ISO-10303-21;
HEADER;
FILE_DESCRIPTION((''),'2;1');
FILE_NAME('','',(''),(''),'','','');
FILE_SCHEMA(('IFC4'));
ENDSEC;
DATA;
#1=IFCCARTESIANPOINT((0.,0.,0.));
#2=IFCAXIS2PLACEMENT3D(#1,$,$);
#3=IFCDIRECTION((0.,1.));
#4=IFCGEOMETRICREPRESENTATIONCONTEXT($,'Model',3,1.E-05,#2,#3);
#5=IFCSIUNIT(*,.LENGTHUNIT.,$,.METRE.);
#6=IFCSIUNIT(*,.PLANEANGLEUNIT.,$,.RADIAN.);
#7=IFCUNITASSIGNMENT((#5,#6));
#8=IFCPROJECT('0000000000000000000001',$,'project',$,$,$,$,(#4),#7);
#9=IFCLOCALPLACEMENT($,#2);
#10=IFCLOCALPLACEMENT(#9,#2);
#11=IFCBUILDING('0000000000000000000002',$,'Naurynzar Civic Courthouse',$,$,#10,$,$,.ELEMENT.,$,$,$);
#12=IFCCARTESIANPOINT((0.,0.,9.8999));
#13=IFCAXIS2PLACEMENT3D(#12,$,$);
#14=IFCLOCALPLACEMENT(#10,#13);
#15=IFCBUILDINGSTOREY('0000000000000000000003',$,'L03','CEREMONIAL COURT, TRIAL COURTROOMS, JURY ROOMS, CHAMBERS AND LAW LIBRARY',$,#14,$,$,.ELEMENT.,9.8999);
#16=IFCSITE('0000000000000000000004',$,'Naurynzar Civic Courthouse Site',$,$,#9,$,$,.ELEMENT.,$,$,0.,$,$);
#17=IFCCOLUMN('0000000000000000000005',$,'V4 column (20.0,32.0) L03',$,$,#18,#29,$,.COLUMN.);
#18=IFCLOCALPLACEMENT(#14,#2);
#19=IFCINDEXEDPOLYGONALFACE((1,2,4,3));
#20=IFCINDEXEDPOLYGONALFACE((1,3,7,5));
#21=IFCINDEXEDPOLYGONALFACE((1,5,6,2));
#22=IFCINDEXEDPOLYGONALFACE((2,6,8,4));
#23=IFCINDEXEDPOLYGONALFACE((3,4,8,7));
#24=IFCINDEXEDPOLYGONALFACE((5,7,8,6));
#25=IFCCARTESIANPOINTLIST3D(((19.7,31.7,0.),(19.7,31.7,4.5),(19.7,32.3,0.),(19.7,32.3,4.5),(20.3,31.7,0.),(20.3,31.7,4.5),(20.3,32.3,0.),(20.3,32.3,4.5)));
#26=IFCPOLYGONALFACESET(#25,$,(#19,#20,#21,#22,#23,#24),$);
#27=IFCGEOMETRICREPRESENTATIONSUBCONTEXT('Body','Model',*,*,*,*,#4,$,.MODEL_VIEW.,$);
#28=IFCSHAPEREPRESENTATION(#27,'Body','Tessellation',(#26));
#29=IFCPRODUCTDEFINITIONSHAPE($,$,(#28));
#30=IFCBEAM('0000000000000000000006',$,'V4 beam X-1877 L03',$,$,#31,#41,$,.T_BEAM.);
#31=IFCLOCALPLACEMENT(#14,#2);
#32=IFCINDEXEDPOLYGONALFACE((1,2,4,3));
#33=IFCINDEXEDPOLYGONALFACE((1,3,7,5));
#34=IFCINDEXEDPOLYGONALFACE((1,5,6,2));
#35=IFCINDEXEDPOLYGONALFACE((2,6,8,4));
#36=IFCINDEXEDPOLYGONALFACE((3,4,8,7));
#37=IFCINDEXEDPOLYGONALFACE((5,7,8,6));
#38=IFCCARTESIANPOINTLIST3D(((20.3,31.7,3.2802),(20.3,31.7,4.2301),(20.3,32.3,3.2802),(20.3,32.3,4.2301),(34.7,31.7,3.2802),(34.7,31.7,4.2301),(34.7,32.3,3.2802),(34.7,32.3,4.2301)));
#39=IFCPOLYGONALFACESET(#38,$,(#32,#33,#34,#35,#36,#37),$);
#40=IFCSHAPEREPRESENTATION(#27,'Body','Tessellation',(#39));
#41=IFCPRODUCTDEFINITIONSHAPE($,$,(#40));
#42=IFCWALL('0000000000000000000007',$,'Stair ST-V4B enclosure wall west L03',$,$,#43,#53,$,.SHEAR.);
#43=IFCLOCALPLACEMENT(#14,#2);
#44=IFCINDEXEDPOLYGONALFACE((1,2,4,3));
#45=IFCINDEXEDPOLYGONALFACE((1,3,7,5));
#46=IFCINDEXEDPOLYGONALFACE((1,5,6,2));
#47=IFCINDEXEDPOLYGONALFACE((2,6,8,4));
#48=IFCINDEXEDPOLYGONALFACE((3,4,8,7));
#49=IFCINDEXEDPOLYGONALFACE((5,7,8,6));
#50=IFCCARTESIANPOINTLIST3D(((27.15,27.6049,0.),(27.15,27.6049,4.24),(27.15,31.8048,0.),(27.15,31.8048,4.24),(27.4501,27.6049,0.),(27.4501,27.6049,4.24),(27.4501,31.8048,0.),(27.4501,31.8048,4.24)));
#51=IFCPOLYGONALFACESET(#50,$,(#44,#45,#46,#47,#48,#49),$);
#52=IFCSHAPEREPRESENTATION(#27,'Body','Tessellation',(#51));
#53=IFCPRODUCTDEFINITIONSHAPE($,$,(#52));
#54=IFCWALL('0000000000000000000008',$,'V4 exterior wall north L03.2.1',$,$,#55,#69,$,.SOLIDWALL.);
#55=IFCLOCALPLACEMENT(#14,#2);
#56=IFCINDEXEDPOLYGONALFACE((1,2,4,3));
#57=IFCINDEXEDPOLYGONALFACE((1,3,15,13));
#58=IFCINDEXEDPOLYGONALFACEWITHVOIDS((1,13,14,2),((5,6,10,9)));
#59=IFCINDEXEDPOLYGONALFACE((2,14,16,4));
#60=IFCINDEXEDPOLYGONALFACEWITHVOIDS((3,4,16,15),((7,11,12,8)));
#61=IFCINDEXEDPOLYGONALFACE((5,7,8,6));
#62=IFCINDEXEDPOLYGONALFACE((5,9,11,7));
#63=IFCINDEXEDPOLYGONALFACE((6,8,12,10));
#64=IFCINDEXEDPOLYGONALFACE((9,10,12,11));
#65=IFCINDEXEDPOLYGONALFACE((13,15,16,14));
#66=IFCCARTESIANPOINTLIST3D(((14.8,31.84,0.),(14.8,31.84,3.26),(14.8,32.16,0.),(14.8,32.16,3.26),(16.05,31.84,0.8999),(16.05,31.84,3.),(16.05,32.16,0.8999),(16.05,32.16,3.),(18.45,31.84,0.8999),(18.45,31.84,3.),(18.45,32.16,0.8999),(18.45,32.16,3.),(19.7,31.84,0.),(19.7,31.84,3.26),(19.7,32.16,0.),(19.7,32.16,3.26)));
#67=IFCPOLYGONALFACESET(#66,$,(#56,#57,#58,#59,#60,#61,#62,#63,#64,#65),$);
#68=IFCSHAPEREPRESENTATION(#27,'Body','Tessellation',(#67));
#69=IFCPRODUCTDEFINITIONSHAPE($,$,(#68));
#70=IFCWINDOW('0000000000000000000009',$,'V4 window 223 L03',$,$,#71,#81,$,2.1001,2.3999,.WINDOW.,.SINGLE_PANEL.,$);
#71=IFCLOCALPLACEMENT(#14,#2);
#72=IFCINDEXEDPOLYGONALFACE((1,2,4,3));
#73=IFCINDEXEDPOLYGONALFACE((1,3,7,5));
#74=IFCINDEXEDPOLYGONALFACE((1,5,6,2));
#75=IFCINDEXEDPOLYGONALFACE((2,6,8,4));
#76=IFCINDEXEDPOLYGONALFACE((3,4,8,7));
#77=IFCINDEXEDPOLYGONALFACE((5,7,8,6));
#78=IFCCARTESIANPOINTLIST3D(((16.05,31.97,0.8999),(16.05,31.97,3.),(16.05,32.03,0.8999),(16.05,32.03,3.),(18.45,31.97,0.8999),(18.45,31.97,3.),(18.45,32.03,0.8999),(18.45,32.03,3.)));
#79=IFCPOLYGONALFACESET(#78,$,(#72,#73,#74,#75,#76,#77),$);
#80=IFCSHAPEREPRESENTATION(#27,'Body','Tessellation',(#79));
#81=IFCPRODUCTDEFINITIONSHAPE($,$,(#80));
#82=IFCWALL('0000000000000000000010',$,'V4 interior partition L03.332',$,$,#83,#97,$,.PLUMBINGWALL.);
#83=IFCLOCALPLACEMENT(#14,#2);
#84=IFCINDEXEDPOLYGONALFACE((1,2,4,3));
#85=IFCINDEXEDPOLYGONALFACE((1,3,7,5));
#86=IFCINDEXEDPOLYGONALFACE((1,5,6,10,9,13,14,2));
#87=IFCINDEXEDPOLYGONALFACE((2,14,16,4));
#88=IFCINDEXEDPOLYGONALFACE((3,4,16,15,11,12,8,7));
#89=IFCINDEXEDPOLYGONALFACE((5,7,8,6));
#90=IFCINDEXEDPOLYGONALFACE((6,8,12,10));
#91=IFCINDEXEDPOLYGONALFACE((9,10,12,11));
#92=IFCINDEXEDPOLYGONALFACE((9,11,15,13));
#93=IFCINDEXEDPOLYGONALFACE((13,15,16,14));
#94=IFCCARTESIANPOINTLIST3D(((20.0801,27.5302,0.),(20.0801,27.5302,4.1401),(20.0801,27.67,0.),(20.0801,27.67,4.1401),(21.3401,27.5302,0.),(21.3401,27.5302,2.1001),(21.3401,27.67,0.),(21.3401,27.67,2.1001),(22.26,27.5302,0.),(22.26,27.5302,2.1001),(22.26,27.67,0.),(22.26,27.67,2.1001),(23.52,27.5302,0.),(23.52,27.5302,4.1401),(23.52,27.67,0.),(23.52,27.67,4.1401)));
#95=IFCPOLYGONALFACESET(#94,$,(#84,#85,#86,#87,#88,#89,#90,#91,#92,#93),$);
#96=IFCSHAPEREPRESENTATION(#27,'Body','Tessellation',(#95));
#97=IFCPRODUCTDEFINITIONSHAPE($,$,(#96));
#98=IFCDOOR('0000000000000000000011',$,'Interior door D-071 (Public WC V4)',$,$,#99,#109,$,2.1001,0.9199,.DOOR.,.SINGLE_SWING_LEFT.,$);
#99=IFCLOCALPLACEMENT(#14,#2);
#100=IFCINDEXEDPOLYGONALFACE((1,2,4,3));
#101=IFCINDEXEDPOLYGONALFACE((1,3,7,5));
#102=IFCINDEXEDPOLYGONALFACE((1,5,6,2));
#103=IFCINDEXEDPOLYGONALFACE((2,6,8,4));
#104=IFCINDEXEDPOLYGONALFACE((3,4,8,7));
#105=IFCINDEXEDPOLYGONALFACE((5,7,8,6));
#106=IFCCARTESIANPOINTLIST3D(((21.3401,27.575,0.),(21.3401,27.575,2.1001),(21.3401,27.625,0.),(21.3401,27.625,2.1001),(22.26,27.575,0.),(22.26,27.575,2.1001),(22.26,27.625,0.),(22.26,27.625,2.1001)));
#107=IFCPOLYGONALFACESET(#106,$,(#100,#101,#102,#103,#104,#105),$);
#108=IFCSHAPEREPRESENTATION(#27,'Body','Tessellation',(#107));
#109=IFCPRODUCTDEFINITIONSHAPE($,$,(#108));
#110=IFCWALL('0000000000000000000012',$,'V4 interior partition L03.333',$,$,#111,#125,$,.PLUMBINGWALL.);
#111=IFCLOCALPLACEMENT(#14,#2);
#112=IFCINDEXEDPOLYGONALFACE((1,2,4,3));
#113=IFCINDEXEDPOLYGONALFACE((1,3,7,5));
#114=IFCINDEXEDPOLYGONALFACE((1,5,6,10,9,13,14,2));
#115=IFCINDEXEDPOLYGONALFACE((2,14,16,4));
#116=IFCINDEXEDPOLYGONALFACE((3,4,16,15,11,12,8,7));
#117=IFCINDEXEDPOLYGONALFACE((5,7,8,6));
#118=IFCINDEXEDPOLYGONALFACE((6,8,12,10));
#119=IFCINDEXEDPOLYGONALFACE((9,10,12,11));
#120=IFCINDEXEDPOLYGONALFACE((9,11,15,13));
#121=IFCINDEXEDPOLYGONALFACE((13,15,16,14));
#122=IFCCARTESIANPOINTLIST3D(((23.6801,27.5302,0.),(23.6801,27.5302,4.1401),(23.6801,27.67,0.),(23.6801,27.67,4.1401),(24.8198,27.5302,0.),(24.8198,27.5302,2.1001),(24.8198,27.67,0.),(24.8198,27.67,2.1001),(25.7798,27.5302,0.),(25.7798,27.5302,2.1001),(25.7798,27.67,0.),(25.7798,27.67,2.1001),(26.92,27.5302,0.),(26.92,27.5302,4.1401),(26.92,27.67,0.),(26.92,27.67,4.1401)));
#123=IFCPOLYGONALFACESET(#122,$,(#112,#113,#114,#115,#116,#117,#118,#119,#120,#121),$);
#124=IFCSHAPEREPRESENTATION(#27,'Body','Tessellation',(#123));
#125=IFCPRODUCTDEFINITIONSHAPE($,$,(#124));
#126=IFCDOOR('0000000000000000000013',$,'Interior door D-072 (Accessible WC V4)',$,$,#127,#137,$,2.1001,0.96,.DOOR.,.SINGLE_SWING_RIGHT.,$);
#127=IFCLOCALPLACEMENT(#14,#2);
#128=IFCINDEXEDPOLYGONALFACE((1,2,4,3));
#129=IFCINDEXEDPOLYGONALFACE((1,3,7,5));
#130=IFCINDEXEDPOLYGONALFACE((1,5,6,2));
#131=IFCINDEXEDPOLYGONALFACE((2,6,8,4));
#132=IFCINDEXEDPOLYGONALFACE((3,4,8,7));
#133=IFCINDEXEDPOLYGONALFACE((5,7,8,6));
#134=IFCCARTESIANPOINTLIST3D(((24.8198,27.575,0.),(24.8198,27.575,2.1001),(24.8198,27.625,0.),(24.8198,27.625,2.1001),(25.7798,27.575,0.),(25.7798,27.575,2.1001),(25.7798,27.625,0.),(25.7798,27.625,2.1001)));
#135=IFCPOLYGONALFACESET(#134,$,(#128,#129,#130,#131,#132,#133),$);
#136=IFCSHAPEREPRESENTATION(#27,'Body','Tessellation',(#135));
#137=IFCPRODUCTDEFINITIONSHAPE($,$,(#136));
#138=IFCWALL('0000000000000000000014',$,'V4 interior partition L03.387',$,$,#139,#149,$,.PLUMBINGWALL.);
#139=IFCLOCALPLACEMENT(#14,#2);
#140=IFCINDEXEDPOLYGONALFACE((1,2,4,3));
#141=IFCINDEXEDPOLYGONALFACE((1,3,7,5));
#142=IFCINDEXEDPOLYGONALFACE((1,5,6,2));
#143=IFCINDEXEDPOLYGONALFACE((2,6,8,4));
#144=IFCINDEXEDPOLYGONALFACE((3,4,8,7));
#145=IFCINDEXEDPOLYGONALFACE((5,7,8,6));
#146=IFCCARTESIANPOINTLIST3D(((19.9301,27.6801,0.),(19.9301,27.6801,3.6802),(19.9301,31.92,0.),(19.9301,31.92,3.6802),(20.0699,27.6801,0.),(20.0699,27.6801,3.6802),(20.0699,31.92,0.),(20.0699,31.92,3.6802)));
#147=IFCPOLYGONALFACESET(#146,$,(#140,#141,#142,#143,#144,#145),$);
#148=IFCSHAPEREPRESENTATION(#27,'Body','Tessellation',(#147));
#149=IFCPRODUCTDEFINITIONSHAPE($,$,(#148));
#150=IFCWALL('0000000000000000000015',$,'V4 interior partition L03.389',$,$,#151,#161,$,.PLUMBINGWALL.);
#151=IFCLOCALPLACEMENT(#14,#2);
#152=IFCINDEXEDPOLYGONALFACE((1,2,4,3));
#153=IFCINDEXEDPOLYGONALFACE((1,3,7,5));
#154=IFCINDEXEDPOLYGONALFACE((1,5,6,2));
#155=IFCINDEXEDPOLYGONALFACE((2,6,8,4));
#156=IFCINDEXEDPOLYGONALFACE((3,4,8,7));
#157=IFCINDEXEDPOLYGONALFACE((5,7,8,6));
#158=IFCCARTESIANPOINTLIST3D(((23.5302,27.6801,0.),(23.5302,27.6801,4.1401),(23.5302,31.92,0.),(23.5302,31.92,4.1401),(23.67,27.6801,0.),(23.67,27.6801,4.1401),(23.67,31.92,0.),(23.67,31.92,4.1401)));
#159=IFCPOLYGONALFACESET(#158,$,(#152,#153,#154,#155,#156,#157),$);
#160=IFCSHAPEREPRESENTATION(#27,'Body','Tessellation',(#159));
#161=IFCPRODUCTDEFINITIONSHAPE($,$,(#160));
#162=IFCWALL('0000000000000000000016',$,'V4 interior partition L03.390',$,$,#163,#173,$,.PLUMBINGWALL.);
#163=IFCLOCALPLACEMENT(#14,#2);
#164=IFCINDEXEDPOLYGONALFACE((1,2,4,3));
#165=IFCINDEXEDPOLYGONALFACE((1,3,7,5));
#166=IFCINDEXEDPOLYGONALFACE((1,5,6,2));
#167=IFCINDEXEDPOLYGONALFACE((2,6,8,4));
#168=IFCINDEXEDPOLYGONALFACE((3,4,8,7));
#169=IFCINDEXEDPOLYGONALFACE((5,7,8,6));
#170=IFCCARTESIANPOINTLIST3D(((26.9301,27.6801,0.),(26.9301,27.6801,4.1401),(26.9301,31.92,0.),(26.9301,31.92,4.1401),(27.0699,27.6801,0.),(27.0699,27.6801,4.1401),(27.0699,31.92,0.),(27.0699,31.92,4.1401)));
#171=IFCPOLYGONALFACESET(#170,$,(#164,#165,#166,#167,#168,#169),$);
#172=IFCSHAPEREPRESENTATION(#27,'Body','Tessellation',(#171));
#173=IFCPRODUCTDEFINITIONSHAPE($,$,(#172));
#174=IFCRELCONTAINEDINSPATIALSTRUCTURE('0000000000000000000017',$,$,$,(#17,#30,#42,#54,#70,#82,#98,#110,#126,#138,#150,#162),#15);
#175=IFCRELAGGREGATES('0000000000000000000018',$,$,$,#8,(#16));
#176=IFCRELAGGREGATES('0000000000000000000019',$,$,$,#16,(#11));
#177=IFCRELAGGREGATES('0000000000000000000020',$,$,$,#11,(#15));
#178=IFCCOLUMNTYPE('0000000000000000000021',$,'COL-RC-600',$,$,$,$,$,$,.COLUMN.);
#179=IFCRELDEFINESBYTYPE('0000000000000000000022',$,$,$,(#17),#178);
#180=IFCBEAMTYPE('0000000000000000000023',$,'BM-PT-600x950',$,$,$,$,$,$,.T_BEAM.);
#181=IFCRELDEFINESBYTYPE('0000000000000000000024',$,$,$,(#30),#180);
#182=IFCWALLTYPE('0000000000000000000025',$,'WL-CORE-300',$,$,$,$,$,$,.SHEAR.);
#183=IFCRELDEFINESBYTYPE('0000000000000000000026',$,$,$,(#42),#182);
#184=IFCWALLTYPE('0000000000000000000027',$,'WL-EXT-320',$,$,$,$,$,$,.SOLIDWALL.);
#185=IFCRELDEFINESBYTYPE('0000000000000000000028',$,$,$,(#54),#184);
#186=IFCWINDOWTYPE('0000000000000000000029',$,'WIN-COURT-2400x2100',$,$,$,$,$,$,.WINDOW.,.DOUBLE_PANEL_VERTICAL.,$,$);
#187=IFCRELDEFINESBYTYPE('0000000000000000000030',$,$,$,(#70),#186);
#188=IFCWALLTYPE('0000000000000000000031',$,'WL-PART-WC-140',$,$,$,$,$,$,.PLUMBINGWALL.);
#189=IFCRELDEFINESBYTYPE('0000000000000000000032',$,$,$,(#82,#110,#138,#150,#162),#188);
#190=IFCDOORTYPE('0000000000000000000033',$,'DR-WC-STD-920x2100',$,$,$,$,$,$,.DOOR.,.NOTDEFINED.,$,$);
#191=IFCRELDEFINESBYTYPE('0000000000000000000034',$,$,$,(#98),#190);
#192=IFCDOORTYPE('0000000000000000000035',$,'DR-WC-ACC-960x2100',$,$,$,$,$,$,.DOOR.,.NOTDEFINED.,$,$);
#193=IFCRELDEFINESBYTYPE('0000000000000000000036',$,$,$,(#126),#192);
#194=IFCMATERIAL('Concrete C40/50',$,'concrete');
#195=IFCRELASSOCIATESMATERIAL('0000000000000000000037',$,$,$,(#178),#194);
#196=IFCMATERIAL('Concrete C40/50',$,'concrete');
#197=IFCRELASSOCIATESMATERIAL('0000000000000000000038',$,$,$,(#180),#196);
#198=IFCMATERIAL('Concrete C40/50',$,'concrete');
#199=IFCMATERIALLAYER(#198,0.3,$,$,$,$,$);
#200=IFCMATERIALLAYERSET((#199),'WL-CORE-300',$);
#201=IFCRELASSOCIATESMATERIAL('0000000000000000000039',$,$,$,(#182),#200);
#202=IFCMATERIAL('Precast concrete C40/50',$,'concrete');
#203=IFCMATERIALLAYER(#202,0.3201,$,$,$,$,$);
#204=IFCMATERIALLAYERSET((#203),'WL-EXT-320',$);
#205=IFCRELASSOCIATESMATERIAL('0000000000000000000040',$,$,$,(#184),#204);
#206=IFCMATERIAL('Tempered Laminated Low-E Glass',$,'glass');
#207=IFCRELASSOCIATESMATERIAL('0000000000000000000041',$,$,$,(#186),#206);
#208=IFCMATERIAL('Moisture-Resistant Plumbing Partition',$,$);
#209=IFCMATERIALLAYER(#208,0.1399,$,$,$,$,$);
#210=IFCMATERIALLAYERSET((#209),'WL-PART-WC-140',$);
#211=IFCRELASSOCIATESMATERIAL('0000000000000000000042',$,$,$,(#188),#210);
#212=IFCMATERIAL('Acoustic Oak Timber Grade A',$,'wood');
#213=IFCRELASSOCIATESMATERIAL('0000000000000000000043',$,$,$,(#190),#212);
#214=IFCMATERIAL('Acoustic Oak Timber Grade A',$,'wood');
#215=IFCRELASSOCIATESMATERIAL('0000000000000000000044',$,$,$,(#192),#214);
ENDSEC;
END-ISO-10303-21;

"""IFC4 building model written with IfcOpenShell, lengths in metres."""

from ifc_helpers import new_model, si_unit, direction, frame, frame_2d, origin, origin_2d, place, context, subcontext, project, spatial, rectangle, extrude, material, layer, layer_set, material_profile, profile_set, type_object, element, fill, save


model = new_model("IFC4")

# Units and contexts
model_context = context("Model", 3, precision=1e-05, world=origin(), true_north=direction((0.0, 1.0)))
body_context = subcontext(model_context, "Body", "Model", "MODEL_VIEW")
ifc_project = project(units=[si_unit("LENGTHUNIT", "METRE"), si_unit("PLANEANGLEUNIT", "RADIAN")], contexts=[model_context])

# Site, building, storey
site_placement = place(None, origin())
site = spatial("IfcSite", under=ifc_project, at=site_placement, Name="Naurynzar Civic Courthouse Site", CompositionType="ELEMENT", RefElevation=0.0)
building_placement = place(site_placement, origin())
building = spatial("IfcBuilding", under=site, at=building_placement, Name="Naurynzar Civic Courthouse", CompositionType="ELEMENT")
storey_placement = place(building_placement, frame((0.0, 0.0, 9.8999)))
storey = spatial("IfcBuildingStorey", under=building, at=storey_placement, Name="L03", Description="CEREMONIAL COURT, TRIAL COURTROOMS, JURY ROOMS, CHAMBERS AND LAW LIBRARY", CompositionType="ELEMENT", Elevation=9.8999)

# Column
ifc_material_1 = material(Name="Concrete C40/50", Category="concrete")
ifc_material_profile_1 = material_profile(ifc_material_1, rectangle(XDim=0.6001, YDim=0.6001, at=origin_2d()), Name="RC 600x600")
ifc_profile_set_1 = profile_set([ifc_material_profile_1], Name="Concrete C40/50")
column_type = type_object("IfcColumnType", Name="COL-RC-600", PredefinedType="COLUMN", material=ifc_profile_set_1)
column_placement = place(storey_placement, frame((20.0, 32.0, 0.0), z_axis=(0.0, 0.0, 1.0), x_axis=(1.0, 0.0, 0.0)))
element("IfcColumn", 1, at=column_placement, inside=storey, type_object=column_type, Name="V4 column (20.0,32.0) L03", PredefinedType="COLUMN", context=body_context, shape_type="SweptSolid", body=[
    extrude(rectangle(XDim=0.6001, YDim=0.6001, at=origin_2d()), origin(), (0.0, 0.0, 1.0), 4.5),
])

# Beam
ifc_material_2 = material(Name="Concrete C40/50", Category="concrete")
ifc_material_profile_2 = material_profile(ifc_material_2, rectangle(XDim=0.6001, YDim=0.95, at=origin_2d()), Name="PTB 600x950")
ifc_profile_set_2 = profile_set([ifc_material_profile_2], Name="Concrete C40/50")
beam_type = type_object("IfcBeamType", Name="BM-PT-600x950", PredefinedType="T_BEAM", material=ifc_profile_set_2)
beam_placement = place(storey_placement, frame((20.3, 32.0, 3.7551), z_axis=(1.0, 0.0, 0.0), x_axis=(0.0, 1.0, 0.0)))
element("IfcBeam", 2, at=beam_placement, inside=storey, type_object=beam_type, Name="V4 beam X-1877 L03", PredefinedType="T_BEAM", context=body_context, shape_type="SweptSolid", body=[
    extrude(rectangle(XDim=0.6001, YDim=0.95, at=origin_2d()), origin(), (0.0, 0.0, 1.0), 14.3999),
])

# Shared definitions
ifc_material_3 = material(Name="Concrete C40/50", Category="concrete")
ifc_layer_1 = layer(ifc_material_3, 0.3)
ifc_layer_set_1 = layer_set([ifc_layer_1], Name="WL-CORE-300")
wall_type_1 = type_object("IfcWallType", Name="WL-CORE-300", PredefinedType="SHEAR", material=ifc_layer_set_1)

# Wall
wall_1_placement = place(storey_placement, frame((27.3, 31.8049, 0.0), z_axis=(0.0, 0.0, 1.0), x_axis=(0.0, -1.0, 0.0)))
element("IfcWall", 3, at=wall_1_placement, inside=storey, type_object=wall_type_1, Name="Stair ST-V4B enclosure wall west L03", PredefinedType="SHEAR", context=body_context, shape_type="SweptSolid", body=[
    extrude(rectangle(XDim=4.2, YDim=0.3, at=frame_2d((2.1001, 0.0))), origin(), (0.0, 0.0, 1.0), 4.24),
])

# Wall, opening, window
ifc_material_4 = material(Name="Precast concrete C40/50", Category="concrete")
ifc_layer_2 = layer(ifc_material_4, 0.3201)
ifc_layer_set_2 = layer_set([ifc_layer_2], Name="WL-EXT-320")
wall_type_2 = type_object("IfcWallType", Name="WL-EXT-320", PredefinedType="SOLIDWALL", material=ifc_layer_set_2)
wall_2_placement = place(storey_placement, frame((14.8, 32.0, 0.0), z_axis=(0.0, 0.0, 1.0), x_axis=(1.0, 0.0, 0.0)))
wall_2 = element("IfcWall", 4, at=wall_2_placement, inside=storey, type_object=wall_type_2, Name="V4 exterior wall north L03.2.1", PredefinedType="SOLIDWALL", context=body_context, shape_type="SweptSolid", body=[
    extrude(rectangle(XDim=4.8999, YDim=0.3201, at=frame_2d((2.45, 0.0))), origin(), (0.0, 0.0, 1.0), 3.26),
])
opening_1_placement = place(wall_2_placement, frame((1.25, 0.0, 0.8999)))
opening_1 = element("IfcOpeningElement", 5, at=opening_1_placement, cuts=wall_2, PredefinedType="OPENING", context=body_context, shape_type="SweptSolid", body=[
    extrude(rectangle(XDim=2.3999, YDim=2.1001, at=frame_2d((1.2, 1.05))), frame((0.0, 0.1699, 0.0), z_axis=(0.0, -1.0, 0.0), x_axis=(1.0, 0.0, 0.0)), (0.0, 0.0, 1.0), 0.3401),
])
ifc_material_5 = material(Name="Tempered Laminated Low-E Glass", Category="glass")
window_type_1 = type_object("IfcWindowType", Name="WIN-COURT-2400x2100", PartitioningType="DOUBLE_PANEL_VERTICAL", PredefinedType="WINDOW", material=ifc_material_5)
window_1_placement = place(opening_1_placement, origin())
window_1 = element("IfcWindow", 6, at=window_1_placement, inside=storey, type_object=window_type_1, Name="V4 window 223 L03", OverallHeight=2.1001, OverallWidth=2.3999, PartitioningType="SINGLE_PANEL", PredefinedType="WINDOW", context=body_context, shape_type="SweptSolid", body=[
    extrude(rectangle(XDim=2.3999, YDim=2.1001, at=frame_2d((1.2, 1.05))), frame((0.0, 0.03, 0.0), z_axis=(0.0, -1.0, 0.0), x_axis=(1.0, 0.0, 0.0)), (0.0, 0.0, 1.0), 0.0601),
])
fill(opening_1, window_1)

# Walls, openings, doors
ifc_material_6 = material(Name="Moisture-Resistant Plumbing Partition")
ifc_layer_3 = layer(ifc_material_6, 0.1399)
ifc_layer_set_3 = layer_set([ifc_layer_3], Name="WL-PART-WC-140")
wall_type_3 = type_object("IfcWallType", Name="WL-PART-WC-140", PredefinedType="PLUMBINGWALL", material=ifc_layer_set_3)
wall_3_placement = place(storey_placement, frame((20.0801, 27.6001, 0.0), z_axis=(0.0, 0.0, 1.0), x_axis=(1.0, 0.0, 0.0)))
wall_3 = element("IfcWall", 7, at=wall_3_placement, inside=storey, type_object=wall_type_3, Name="V4 interior partition L03.332", PredefinedType="PLUMBINGWALL", context=body_context, shape_type="SweptSolid", body=[
    extrude(rectangle(XDim=3.4399, YDim=0.1399, at=frame_2d((1.72, 0.0))), origin(), (0.0, 0.0, 1.0), 4.1401),
])
opening_2_placement = place(wall_3_placement, frame((1.26, 0.0, 0.0)))
opening_2 = element("IfcOpeningElement", 8, at=opening_2_placement, cuts=wall_3, PredefinedType="OPENING", context=body_context, shape_type="SweptSolid", body=[
    extrude(rectangle(XDim=0.9199, YDim=2.1001, at=frame_2d((0.46, 1.05))), frame((0.0, 0.0798, 0.0), z_axis=(0.0, -1.0, 0.0), x_axis=(1.0, 0.0, 0.0)), (0.0, 0.0, 1.0), 0.1599),
])
ifc_material_7 = material(Name="Acoustic Oak Timber Grade A", Category="wood")
door_type_1 = type_object("IfcDoorType", Name="DR-WC-STD-920x2100", OperationType="NOTDEFINED", PredefinedType="DOOR", material=ifc_material_7)
door_1_placement = place(opening_2_placement, origin())
door_1 = element("IfcDoor", 9, at=door_1_placement, inside=storey, type_object=door_type_1, Name="Interior door D-071 (Public WC V4)", OperationType="SINGLE_SWING_LEFT", OverallHeight=2.1001, OverallWidth=0.9199, PredefinedType="DOOR", context=body_context, shape_type="SweptSolid", body=[
    extrude(rectangle(XDim=0.9199, YDim=2.1001, at=frame_2d((0.46, 1.05))), frame((0.0, 0.0249, 0.0), z_axis=(0.0, -1.0, 0.0), x_axis=(1.0, 0.0, 0.0)), (0.0, 0.0, 1.0), 0.05),
])
fill(opening_2, door_1)
wall_4_placement = place(storey_placement, frame((23.6799, 27.6001, 0.0), z_axis=(0.0, 0.0, 1.0), x_axis=(1.0, 0.0, 0.0)))
wall_4 = element("IfcWall", 10, at=wall_4_placement, inside=storey, type_object=wall_type_3, Name="V4 interior partition L03.333", PredefinedType="PLUMBINGWALL", context=body_context, shape_type="SweptSolid", body=[
    extrude(rectangle(XDim=3.24, YDim=0.1399, at=frame_2d((1.6201, 0.0))), origin(), (0.0, 0.0, 1.0), 4.1401),
])
opening_3_placement = place(wall_4_placement, frame((1.1399, 0.0, 0.0)))
opening_3 = element("IfcOpeningElement", 11, at=opening_3_placement, cuts=wall_4, PredefinedType="OPENING", context=body_context, shape_type="SweptSolid", body=[
    extrude(rectangle(XDim=0.96, YDim=2.1001, at=frame_2d((0.48, 1.05))), frame((0.0, 0.0798, 0.0), z_axis=(0.0, -1.0, 0.0), x_axis=(1.0, 0.0, 0.0)), (0.0, 0.0, 1.0), 0.1599),
])
ifc_material_8 = material(Name="Acoustic Oak Timber Grade A", Category="wood")
door_type_2 = type_object("IfcDoorType", Name="DR-WC-ACC-960x2100", OperationType="NOTDEFINED", PredefinedType="DOOR", material=ifc_material_8)
door_2_placement = place(opening_3_placement, origin())
door_2 = element("IfcDoor", 12, at=door_2_placement, inside=storey, type_object=door_type_2, Name="Interior door D-072 (Accessible WC V4)", OperationType="SINGLE_SWING_RIGHT", OverallHeight=2.1001, OverallWidth=0.96, PredefinedType="DOOR", context=body_context, shape_type="SweptSolid", body=[
    extrude(rectangle(XDim=0.96, YDim=2.1001, at=frame_2d((0.48, 1.05))), frame((0.0, 0.0249, 0.0), z_axis=(0.0, -1.0, 0.0), x_axis=(1.0, 0.0, 0.0)), (0.0, 0.0, 1.0), 0.05),
])
fill(opening_3, door_2)

# Walls
wall_5_placement = place(storey_placement, frame((20.0, 27.6799, 0.0), z_axis=(0.0, 0.0, 1.0), x_axis=(0.0, 1.0, 0.0)))
element("IfcWall", 13, at=wall_5_placement, inside=storey, type_object=wall_type_3, Name="V4 interior partition L03.387", PredefinedType="PLUMBINGWALL", context=body_context, shape_type="SweptSolid", body=[
    extrude(rectangle(XDim=4.24, YDim=0.1399, at=frame_2d((2.1201, 0.0))), origin(), (0.0, 0.0, 1.0), 3.6802),
])
for number, where, z_axis, x_axis, name in (
    (14, (23.6001, 27.6799, 0.0), (0.0, 0.0, 1.0), (0.0, 1.0, 0.0), "V4 interior partition L03.389"),
    (15, (27.0, 27.6799, 0.0), (0.0, 0.0, 1.0), (0.0, 1.0, 0.0), "V4 interior partition L03.390"),
):
    element("IfcWall", number, at=place(storey_placement, frame(where, z_axis=z_axis, x_axis=x_axis)), inside=storey, type_object=wall_type_3, Name=name, PredefinedType="PLUMBINGWALL", context=body_context, shape_type="SweptSolid", body=[
        extrude(rectangle(XDim=4.24, YDim=0.1399, at=frame_2d((2.1201, 0.0))), origin(), (0.0, 0.0, 1.0), 4.1401),
    ])

save(model, "model.ifc")
